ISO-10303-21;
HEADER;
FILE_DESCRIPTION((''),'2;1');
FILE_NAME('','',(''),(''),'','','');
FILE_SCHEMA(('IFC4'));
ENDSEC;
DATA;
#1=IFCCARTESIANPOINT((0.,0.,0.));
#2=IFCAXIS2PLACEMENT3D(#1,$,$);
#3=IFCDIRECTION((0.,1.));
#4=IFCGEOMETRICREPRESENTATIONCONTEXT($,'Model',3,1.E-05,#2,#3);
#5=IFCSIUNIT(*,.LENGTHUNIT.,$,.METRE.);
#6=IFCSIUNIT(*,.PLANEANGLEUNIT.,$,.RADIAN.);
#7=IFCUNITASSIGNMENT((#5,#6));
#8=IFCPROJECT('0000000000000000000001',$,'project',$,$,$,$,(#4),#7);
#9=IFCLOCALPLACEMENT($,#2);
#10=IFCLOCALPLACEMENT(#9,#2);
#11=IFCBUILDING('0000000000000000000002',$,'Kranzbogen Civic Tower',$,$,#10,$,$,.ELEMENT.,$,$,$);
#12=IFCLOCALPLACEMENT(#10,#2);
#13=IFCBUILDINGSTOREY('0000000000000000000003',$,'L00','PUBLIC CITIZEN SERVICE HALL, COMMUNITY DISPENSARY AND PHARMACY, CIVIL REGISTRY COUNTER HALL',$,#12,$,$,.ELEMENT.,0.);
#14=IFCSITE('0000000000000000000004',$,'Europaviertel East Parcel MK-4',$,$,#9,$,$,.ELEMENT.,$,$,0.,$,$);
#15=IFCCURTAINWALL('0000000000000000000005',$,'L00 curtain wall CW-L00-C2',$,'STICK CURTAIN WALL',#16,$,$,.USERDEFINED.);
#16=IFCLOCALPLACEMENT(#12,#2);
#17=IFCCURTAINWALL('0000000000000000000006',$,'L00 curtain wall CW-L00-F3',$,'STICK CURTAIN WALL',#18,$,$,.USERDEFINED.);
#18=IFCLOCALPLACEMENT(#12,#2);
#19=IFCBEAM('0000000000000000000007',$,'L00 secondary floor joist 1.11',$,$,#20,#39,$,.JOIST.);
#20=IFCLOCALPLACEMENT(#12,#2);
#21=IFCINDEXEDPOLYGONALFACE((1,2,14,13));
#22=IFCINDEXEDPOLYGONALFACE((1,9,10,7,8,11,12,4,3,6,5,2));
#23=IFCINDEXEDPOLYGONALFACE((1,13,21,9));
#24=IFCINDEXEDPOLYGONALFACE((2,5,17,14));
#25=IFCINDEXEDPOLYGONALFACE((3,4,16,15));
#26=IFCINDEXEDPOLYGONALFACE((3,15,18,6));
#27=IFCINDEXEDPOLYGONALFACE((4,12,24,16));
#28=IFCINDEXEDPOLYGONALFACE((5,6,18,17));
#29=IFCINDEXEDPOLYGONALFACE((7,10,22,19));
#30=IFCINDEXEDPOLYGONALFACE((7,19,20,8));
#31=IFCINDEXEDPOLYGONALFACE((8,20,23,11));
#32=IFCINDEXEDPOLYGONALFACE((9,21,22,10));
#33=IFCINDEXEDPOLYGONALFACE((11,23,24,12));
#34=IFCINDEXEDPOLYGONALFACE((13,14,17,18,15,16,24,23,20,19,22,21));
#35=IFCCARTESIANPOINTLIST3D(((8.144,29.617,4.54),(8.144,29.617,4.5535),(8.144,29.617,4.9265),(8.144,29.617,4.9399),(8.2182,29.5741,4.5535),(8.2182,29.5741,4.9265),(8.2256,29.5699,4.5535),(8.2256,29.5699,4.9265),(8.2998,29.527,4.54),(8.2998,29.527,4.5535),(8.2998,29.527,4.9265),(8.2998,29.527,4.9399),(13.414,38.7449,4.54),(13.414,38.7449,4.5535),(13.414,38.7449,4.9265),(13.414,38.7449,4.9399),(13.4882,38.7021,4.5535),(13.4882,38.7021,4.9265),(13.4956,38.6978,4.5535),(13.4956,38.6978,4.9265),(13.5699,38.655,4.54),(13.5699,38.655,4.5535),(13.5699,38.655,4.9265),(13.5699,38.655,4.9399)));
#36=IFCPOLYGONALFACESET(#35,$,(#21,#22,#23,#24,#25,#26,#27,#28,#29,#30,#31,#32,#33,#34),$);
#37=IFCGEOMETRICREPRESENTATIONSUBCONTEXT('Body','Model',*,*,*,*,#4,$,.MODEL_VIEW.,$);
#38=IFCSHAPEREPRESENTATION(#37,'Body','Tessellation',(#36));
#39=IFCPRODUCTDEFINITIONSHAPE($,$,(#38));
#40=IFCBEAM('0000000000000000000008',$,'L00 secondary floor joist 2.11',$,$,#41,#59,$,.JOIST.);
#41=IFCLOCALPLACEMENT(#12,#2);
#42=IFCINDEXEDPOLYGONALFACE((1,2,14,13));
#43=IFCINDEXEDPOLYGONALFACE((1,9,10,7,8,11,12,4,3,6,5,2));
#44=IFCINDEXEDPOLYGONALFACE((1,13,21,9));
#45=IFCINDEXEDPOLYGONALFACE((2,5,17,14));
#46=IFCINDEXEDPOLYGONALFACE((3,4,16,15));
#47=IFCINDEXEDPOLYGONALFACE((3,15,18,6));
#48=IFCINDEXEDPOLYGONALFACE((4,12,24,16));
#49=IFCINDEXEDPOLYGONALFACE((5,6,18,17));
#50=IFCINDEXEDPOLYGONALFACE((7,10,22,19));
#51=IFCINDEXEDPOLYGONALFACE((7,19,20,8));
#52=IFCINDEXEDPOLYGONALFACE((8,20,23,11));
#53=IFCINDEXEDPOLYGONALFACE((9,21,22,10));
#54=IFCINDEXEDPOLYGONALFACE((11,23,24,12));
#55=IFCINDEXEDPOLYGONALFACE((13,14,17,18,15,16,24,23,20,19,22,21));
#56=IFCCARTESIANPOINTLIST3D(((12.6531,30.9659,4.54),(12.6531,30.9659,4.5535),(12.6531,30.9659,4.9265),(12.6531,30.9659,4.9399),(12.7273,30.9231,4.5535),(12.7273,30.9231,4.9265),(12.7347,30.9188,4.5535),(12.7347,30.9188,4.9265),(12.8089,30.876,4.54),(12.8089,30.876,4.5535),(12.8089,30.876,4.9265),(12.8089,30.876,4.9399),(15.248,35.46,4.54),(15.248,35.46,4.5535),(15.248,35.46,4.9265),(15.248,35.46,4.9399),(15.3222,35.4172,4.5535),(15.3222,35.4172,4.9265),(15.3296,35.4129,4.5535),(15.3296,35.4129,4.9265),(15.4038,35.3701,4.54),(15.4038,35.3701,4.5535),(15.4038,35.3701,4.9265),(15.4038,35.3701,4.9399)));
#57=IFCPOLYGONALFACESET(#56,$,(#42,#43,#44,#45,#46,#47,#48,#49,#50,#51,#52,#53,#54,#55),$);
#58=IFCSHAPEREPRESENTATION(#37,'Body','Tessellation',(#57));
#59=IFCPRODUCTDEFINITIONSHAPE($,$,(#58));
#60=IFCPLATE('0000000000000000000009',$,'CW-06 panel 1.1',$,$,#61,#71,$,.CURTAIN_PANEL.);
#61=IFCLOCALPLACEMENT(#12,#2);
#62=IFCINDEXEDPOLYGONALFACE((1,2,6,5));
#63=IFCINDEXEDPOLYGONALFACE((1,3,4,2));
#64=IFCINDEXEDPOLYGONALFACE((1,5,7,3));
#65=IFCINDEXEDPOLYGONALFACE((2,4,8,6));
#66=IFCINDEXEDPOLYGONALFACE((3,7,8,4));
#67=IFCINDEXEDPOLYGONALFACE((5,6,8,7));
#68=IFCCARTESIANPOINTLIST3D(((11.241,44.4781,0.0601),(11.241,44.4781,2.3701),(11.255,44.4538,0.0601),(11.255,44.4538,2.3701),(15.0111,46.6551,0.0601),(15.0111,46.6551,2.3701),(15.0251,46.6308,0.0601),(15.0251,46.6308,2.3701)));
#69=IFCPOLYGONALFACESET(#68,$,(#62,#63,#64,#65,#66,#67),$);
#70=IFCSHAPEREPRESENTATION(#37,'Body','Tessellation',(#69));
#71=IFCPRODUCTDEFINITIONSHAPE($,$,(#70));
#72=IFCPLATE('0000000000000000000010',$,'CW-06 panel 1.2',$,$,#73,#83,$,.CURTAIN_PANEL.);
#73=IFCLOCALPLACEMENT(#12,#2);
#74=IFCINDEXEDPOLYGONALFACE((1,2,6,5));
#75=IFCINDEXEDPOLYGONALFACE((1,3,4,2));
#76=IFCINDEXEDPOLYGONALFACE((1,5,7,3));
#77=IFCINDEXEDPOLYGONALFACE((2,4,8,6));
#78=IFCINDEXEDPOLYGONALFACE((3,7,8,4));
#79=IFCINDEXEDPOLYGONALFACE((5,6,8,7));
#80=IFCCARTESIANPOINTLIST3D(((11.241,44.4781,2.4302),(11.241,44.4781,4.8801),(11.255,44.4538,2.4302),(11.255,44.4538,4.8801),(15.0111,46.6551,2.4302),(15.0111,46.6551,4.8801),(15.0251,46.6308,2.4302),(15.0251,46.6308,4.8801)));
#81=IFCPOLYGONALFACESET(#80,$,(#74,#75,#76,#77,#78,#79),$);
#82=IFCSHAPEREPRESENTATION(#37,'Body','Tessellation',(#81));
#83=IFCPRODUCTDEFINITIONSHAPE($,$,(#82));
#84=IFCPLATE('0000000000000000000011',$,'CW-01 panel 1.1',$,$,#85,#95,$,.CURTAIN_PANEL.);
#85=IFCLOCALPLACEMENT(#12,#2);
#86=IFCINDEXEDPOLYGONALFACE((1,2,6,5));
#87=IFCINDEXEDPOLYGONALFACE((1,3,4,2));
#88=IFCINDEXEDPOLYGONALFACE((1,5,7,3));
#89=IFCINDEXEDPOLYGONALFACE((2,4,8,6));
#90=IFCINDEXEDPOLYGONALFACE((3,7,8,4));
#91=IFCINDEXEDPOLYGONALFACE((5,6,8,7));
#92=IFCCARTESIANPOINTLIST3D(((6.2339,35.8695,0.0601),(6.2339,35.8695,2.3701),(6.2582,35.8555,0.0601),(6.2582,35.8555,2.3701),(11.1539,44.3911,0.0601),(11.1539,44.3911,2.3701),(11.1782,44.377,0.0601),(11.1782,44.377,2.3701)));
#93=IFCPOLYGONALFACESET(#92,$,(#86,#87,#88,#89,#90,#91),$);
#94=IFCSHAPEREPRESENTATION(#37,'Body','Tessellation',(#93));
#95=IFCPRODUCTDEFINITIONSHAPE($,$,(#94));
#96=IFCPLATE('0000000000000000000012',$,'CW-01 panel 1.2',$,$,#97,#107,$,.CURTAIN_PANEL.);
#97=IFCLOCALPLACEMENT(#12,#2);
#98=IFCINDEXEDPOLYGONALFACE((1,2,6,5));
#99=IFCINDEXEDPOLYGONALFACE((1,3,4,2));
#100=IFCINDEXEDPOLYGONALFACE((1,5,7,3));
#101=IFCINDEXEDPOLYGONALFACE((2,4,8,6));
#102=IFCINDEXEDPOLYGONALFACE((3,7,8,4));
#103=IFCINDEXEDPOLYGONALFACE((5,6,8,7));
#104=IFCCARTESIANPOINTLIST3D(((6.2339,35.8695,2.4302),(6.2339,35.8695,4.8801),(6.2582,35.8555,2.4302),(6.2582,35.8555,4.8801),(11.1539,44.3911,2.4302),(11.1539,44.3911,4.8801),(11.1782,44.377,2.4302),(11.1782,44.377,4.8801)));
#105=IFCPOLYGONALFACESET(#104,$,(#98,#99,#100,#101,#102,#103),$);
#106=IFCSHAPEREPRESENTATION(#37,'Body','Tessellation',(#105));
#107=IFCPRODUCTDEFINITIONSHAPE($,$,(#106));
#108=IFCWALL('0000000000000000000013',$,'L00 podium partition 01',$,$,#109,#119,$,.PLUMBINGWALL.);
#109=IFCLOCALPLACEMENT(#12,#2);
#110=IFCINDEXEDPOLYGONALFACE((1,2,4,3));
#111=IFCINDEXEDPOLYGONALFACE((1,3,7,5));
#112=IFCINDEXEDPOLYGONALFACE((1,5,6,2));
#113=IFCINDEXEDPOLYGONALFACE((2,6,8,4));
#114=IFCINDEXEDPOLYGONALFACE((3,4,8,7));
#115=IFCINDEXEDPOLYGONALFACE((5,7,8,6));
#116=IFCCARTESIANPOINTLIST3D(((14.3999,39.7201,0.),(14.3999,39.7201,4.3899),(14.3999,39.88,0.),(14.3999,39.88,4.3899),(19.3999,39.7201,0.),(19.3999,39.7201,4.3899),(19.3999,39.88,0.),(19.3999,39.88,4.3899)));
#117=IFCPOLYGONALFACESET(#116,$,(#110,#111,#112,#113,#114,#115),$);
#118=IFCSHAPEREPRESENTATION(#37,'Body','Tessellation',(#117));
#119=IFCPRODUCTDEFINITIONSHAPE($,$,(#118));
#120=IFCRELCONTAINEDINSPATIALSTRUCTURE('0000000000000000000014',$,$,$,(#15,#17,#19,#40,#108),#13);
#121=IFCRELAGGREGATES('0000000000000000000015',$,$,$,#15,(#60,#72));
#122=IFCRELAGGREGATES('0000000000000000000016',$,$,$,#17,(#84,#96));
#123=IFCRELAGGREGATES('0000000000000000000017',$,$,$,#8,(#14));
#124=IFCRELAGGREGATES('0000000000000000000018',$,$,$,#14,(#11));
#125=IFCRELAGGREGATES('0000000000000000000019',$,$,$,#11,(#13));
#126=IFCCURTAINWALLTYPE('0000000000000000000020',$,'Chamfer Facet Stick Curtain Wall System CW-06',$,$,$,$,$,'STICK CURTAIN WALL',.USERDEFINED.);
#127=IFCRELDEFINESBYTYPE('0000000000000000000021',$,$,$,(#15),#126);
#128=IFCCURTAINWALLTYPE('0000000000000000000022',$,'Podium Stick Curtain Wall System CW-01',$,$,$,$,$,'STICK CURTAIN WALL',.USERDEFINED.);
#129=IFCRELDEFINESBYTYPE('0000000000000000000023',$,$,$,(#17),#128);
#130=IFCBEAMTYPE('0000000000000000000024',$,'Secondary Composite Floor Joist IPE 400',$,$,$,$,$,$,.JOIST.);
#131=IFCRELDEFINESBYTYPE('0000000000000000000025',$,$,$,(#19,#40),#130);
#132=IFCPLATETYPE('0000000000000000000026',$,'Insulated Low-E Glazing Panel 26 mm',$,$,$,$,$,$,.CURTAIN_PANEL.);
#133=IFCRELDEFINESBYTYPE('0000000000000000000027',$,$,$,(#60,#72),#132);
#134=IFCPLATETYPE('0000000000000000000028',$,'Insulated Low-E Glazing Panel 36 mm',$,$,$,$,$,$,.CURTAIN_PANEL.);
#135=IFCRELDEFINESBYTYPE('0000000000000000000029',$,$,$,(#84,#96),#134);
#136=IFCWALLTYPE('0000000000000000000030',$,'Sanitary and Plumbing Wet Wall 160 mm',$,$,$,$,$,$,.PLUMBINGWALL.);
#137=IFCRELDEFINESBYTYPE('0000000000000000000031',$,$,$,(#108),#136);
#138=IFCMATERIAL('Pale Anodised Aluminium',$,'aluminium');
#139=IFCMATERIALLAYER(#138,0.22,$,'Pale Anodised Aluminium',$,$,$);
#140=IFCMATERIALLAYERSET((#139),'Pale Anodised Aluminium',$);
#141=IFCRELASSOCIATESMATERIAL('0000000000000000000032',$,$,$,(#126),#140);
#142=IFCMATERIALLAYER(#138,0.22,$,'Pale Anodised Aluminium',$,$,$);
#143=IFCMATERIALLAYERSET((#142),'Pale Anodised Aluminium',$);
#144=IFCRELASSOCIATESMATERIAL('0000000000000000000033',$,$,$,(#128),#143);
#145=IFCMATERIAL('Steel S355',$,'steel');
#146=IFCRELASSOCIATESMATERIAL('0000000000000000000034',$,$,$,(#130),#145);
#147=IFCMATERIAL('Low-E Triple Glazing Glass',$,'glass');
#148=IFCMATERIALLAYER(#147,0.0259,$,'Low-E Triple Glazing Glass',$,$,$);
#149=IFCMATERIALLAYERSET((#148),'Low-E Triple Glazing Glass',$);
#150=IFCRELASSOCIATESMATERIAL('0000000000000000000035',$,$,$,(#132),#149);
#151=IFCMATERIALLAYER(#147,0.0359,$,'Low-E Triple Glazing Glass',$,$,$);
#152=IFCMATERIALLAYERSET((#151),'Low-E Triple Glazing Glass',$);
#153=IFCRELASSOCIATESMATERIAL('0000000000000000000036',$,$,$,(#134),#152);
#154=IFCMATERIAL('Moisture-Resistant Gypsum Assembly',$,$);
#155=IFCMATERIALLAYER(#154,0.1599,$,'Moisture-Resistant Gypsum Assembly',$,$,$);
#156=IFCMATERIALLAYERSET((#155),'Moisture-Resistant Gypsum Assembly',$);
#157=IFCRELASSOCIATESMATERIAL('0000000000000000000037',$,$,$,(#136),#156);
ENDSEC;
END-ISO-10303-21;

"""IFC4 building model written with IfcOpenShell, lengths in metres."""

from ifc_helpers import new_model, si_unit, direction, frame, frame_2d, origin, origin_2d, place, context, subcontext, project, spatial, rectangle, i_section, extrude, material, layer, layer_set, material_profile, profile_set, type_object, element, aggregate, save


model = new_model("IFC4")

# Units and contexts
model_context = context("Model", 3, precision=1e-05, world=origin(), true_north=direction((0.0, 1.0)))
body_context = subcontext(model_context, "Body", "Model", "MODEL_VIEW")
ifc_project = project(units=[si_unit("LENGTHUNIT", "METRE"), si_unit("PLANEANGLEUNIT", "RADIAN")], contexts=[model_context])

# Site, building, storey
site_placement = place(None, origin())
site = spatial("IfcSite", under=ifc_project, at=site_placement, Name="Europaviertel East Parcel MK-4", CompositionType="ELEMENT", RefElevation=0.0)
building_placement = place(site_placement, origin())
building = spatial("IfcBuilding", under=site, at=building_placement, Name="Kranzbogen Civic Tower", CompositionType="ELEMENT")
storey_placement = place(building_placement, origin())
storey = spatial("IfcBuildingStorey", under=building, at=storey_placement, Name="L00", Description="PUBLIC CITIZEN SERVICE HALL, COMMUNITY DISPENSARY AND PHARMACY, CIVIL REGISTRY COUNTER HALL", CompositionType="ELEMENT", Elevation=0.0)

# Curtain wall
ifc_material_1 = material(Name="Pale Anodised Aluminium", Category="aluminium")
ifc_layer_1 = layer(ifc_material_1, 0.22, Name="Pale Anodised Aluminium")
ifc_layer_set_1 = layer_set([ifc_layer_1], Name="Pale Anodised Aluminium")
curtain_wall_type_1 = type_object("IfcCurtainWallType", Name="Chamfer Facet Stick Curtain Wall System CW-06", ElementType="STICK CURTAIN WALL", PredefinedType="USERDEFINED", material=ifc_layer_set_1)
curtain_wall_1_placement = place(storey_placement, origin())
curtain_wall_1 = element("IfcCurtainWall", 1, at=curtain_wall_1_placement, inside=storey, type_object=curtain_wall_type_1, Name="L00 curtain wall CW-L00-C2", ObjectType="STICK CURTAIN WALL", PredefinedType="USERDEFINED")

# Shared definitions
ifc_layer_2 = layer(ifc_material_1, 0.22, Name="Pale Anodised Aluminium")
ifc_layer_set_2 = layer_set([ifc_layer_2], Name="Pale Anodised Aluminium")
curtain_wall_type_2 = type_object("IfcCurtainWallType", Name="Podium Stick Curtain Wall System CW-01", ElementType="STICK CURTAIN WALL", PredefinedType="USERDEFINED", material=ifc_layer_set_2)

# Curtain wall
curtain_wall_2_placement = place(storey_placement, origin())
curtain_wall_2 = element("IfcCurtainWall", 2, at=curtain_wall_2_placement, inside=storey, type_object=curtain_wall_type_2, Name="L00 curtain wall CW-L00-F3", ObjectType="STICK CURTAIN WALL", PredefinedType="USERDEFINED")

# Beams
ifc_material_2 = material(Name="Steel S355", Category="steel")
ifc_material_profile_1 = material_profile(ifc_material_2, i_section(OverallWidth=0.1799, OverallDepth=0.3999, WebThickness=0.0085, FlangeThickness=0.0134, at=origin_2d()), Name="IPE 400")
ifc_profile_set_1 = profile_set([ifc_material_profile_1], Name="Steel S355")
beam_type_1 = type_object("IfcBeamType", Name="Secondary Composite Floor Joist IPE 400", PredefinedType="JOIST", material=ifc_profile_set_1)
beam_1_placement = place(storey_placement, frame((13.4919, 38.7, 4.74), z_axis=(-0.5, -0.866025, 0.0), x_axis=(0.866025, -0.5, 0.0)))
element("IfcBeam", 3, at=beam_1_placement, inside=storey, type_object=beam_type_1, Name="L00 secondary floor joist 1.11", PredefinedType="JOIST", context=body_context, shape_type="SweptSolid", body=[
    extrude(i_section(OverallWidth=0.1799, OverallDepth=0.3999, WebThickness=0.0085, FlangeThickness=0.0134, at=origin_2d()), origin(), (0.0, 0.0, 1.0), 10.54),
])
beam_2_placement = place(storey_placement, frame((15.3259, 35.415, 4.74), z_axis=(-0.50004, -0.866002, 0.0), x_axis=(0.866002, -0.50004, 0.0)))
element("IfcBeam", 4, at=beam_2_placement, inside=storey, type_object=beam_type_1, Name="L00 secondary floor joist 2.11", PredefinedType="JOIST", context=body_context, shape_type="SweptSolid", body=[
    extrude(i_section(OverallWidth=0.1799, OverallDepth=0.3999, WebThickness=0.0085, FlangeThickness=0.0134, at=origin_2d()), origin(), (0.0, 0.0, 1.0), 5.1895),
])

# Plates
ifc_material_3 = material(Name="Low-E Triple Glazing Glass", Category="glass")
ifc_layer_3 = layer(ifc_material_3, 0.0259, Name="Low-E Triple Glazing Glass")
ifc_layer_set_3 = layer_set([ifc_layer_3], Name="Low-E Triple Glazing Glass")
plate_type_1 = type_object("IfcPlateType", Name="Insulated Low-E Glazing Panel 26 mm", PredefinedType="CURTAIN_PANEL", material=ifc_layer_set_3)
plate_1_placement = place(storey_placement, frame((13.1331, 45.5544, 0.0601), z_axis=(0.0, 0.0, 1.0), x_axis=(-0.865992, -0.500058, 0.0)))
plate_1 = element("IfcPlate", 5, at=plate_1_placement, type_object=plate_type_1, Name="CW-06 panel 1.1", PredefinedType="CURTAIN_PANEL", context=body_context, shape_type="SweptSolid", body=[
    extrude(rectangle(XDim=4.3535, YDim=0.0281, at=origin_2d()), origin(), (0.0, 0.0, 1.0), 2.3101),
])
plate_2_placement = place(storey_placement, frame((13.1331, 45.5544, 2.4302), z_axis=(0.0, 0.0, 1.0), x_axis=(-0.865992, -0.500058, 0.0)))
plate_2 = element("IfcPlate", 6, at=plate_2_placement, type_object=plate_type_1, Name="CW-06 panel 1.2", PredefinedType="CURTAIN_PANEL", context=body_context, shape_type="SweptSolid", body=[
    extrude(rectangle(XDim=4.3535, YDim=0.0281, at=origin_2d()), origin(), (0.0, 0.0, 1.0), 2.45),
])
aggregate(curtain_wall_1, [plate_1, plate_2])
ifc_layer_4 = layer(ifc_material_3, 0.0359, Name="Low-E Triple Glazing Glass")
ifc_layer_set_4 = layer_set([ifc_layer_4], Name="Low-E Triple Glazing Glass")
plate_type_2 = type_object("IfcPlateType", Name="Insulated Low-E Glazing Panel 36 mm", PredefinedType="CURTAIN_PANEL", material=ifc_layer_set_4)
plate_3_placement = place(storey_placement, frame((8.7061, 40.1233, 0.0601), z_axis=(0.0, 0.0, 1.0), x_axis=(-0.500006, -0.866022, 0.0)))
plate_3 = element("IfcPlate", 7, at=plate_3_placement, type_object=plate_type_2, Name="CW-01 panel 1.1", PredefinedType="CURTAIN_PANEL", context=body_context, shape_type="SweptSolid", body=[
    extrude(rectangle(XDim=9.8398, YDim=0.0281, at=origin_2d()), origin(), (0.0, 0.0, 1.0), 2.3101),
])
plate_4_placement = place(storey_placement, frame((8.7061, 40.1233, 2.4302), z_axis=(0.0, 0.0, 1.0), x_axis=(-0.500006, -0.866022, 0.0)))
plate_4 = element("IfcPlate", 8, at=plate_4_placement, type_object=plate_type_2, Name="CW-01 panel 1.2", PredefinedType="CURTAIN_PANEL", context=body_context, shape_type="SweptSolid", body=[
    extrude(rectangle(XDim=9.8398, YDim=0.0281, at=origin_2d()), origin(), (0.0, 0.0, 1.0), 2.45),
])
aggregate(curtain_wall_2, [plate_3, plate_4])

# Wall
ifc_material_4 = material(Name="Moisture-Resistant Gypsum Assembly")
ifc_layer_5 = layer(ifc_material_4, 0.1599, Name="Moisture-Resistant Gypsum Assembly")
ifc_layer_set_5 = layer_set([ifc_layer_5], Name="Moisture-Resistant Gypsum Assembly")
wall_type = type_object("IfcWallType", Name="Sanitary and Plumbing Wet Wall 160 mm", PredefinedType="PLUMBINGWALL", material=ifc_layer_set_5)
wall_placement = place(storey_placement, frame((14.3999, 39.8, 0.0), z_axis=(0.0, 0.0, 1.0), x_axis=(1.0, 0.0, 0.0)))
element("IfcWall", 9, at=wall_placement, inside=storey, type_object=wall_type, Name="L00 podium partition 01", PredefinedType="PLUMBINGWALL", context=body_context, shape_type="SweptSolid", body=[
    extrude(rectangle(XDim=5.0, YDim=0.1599, at=frame_2d((2.5, 0.0))), origin(), (0.0, 0.0, 1.0), 4.3899),
])

save(model, "model.ifc")
